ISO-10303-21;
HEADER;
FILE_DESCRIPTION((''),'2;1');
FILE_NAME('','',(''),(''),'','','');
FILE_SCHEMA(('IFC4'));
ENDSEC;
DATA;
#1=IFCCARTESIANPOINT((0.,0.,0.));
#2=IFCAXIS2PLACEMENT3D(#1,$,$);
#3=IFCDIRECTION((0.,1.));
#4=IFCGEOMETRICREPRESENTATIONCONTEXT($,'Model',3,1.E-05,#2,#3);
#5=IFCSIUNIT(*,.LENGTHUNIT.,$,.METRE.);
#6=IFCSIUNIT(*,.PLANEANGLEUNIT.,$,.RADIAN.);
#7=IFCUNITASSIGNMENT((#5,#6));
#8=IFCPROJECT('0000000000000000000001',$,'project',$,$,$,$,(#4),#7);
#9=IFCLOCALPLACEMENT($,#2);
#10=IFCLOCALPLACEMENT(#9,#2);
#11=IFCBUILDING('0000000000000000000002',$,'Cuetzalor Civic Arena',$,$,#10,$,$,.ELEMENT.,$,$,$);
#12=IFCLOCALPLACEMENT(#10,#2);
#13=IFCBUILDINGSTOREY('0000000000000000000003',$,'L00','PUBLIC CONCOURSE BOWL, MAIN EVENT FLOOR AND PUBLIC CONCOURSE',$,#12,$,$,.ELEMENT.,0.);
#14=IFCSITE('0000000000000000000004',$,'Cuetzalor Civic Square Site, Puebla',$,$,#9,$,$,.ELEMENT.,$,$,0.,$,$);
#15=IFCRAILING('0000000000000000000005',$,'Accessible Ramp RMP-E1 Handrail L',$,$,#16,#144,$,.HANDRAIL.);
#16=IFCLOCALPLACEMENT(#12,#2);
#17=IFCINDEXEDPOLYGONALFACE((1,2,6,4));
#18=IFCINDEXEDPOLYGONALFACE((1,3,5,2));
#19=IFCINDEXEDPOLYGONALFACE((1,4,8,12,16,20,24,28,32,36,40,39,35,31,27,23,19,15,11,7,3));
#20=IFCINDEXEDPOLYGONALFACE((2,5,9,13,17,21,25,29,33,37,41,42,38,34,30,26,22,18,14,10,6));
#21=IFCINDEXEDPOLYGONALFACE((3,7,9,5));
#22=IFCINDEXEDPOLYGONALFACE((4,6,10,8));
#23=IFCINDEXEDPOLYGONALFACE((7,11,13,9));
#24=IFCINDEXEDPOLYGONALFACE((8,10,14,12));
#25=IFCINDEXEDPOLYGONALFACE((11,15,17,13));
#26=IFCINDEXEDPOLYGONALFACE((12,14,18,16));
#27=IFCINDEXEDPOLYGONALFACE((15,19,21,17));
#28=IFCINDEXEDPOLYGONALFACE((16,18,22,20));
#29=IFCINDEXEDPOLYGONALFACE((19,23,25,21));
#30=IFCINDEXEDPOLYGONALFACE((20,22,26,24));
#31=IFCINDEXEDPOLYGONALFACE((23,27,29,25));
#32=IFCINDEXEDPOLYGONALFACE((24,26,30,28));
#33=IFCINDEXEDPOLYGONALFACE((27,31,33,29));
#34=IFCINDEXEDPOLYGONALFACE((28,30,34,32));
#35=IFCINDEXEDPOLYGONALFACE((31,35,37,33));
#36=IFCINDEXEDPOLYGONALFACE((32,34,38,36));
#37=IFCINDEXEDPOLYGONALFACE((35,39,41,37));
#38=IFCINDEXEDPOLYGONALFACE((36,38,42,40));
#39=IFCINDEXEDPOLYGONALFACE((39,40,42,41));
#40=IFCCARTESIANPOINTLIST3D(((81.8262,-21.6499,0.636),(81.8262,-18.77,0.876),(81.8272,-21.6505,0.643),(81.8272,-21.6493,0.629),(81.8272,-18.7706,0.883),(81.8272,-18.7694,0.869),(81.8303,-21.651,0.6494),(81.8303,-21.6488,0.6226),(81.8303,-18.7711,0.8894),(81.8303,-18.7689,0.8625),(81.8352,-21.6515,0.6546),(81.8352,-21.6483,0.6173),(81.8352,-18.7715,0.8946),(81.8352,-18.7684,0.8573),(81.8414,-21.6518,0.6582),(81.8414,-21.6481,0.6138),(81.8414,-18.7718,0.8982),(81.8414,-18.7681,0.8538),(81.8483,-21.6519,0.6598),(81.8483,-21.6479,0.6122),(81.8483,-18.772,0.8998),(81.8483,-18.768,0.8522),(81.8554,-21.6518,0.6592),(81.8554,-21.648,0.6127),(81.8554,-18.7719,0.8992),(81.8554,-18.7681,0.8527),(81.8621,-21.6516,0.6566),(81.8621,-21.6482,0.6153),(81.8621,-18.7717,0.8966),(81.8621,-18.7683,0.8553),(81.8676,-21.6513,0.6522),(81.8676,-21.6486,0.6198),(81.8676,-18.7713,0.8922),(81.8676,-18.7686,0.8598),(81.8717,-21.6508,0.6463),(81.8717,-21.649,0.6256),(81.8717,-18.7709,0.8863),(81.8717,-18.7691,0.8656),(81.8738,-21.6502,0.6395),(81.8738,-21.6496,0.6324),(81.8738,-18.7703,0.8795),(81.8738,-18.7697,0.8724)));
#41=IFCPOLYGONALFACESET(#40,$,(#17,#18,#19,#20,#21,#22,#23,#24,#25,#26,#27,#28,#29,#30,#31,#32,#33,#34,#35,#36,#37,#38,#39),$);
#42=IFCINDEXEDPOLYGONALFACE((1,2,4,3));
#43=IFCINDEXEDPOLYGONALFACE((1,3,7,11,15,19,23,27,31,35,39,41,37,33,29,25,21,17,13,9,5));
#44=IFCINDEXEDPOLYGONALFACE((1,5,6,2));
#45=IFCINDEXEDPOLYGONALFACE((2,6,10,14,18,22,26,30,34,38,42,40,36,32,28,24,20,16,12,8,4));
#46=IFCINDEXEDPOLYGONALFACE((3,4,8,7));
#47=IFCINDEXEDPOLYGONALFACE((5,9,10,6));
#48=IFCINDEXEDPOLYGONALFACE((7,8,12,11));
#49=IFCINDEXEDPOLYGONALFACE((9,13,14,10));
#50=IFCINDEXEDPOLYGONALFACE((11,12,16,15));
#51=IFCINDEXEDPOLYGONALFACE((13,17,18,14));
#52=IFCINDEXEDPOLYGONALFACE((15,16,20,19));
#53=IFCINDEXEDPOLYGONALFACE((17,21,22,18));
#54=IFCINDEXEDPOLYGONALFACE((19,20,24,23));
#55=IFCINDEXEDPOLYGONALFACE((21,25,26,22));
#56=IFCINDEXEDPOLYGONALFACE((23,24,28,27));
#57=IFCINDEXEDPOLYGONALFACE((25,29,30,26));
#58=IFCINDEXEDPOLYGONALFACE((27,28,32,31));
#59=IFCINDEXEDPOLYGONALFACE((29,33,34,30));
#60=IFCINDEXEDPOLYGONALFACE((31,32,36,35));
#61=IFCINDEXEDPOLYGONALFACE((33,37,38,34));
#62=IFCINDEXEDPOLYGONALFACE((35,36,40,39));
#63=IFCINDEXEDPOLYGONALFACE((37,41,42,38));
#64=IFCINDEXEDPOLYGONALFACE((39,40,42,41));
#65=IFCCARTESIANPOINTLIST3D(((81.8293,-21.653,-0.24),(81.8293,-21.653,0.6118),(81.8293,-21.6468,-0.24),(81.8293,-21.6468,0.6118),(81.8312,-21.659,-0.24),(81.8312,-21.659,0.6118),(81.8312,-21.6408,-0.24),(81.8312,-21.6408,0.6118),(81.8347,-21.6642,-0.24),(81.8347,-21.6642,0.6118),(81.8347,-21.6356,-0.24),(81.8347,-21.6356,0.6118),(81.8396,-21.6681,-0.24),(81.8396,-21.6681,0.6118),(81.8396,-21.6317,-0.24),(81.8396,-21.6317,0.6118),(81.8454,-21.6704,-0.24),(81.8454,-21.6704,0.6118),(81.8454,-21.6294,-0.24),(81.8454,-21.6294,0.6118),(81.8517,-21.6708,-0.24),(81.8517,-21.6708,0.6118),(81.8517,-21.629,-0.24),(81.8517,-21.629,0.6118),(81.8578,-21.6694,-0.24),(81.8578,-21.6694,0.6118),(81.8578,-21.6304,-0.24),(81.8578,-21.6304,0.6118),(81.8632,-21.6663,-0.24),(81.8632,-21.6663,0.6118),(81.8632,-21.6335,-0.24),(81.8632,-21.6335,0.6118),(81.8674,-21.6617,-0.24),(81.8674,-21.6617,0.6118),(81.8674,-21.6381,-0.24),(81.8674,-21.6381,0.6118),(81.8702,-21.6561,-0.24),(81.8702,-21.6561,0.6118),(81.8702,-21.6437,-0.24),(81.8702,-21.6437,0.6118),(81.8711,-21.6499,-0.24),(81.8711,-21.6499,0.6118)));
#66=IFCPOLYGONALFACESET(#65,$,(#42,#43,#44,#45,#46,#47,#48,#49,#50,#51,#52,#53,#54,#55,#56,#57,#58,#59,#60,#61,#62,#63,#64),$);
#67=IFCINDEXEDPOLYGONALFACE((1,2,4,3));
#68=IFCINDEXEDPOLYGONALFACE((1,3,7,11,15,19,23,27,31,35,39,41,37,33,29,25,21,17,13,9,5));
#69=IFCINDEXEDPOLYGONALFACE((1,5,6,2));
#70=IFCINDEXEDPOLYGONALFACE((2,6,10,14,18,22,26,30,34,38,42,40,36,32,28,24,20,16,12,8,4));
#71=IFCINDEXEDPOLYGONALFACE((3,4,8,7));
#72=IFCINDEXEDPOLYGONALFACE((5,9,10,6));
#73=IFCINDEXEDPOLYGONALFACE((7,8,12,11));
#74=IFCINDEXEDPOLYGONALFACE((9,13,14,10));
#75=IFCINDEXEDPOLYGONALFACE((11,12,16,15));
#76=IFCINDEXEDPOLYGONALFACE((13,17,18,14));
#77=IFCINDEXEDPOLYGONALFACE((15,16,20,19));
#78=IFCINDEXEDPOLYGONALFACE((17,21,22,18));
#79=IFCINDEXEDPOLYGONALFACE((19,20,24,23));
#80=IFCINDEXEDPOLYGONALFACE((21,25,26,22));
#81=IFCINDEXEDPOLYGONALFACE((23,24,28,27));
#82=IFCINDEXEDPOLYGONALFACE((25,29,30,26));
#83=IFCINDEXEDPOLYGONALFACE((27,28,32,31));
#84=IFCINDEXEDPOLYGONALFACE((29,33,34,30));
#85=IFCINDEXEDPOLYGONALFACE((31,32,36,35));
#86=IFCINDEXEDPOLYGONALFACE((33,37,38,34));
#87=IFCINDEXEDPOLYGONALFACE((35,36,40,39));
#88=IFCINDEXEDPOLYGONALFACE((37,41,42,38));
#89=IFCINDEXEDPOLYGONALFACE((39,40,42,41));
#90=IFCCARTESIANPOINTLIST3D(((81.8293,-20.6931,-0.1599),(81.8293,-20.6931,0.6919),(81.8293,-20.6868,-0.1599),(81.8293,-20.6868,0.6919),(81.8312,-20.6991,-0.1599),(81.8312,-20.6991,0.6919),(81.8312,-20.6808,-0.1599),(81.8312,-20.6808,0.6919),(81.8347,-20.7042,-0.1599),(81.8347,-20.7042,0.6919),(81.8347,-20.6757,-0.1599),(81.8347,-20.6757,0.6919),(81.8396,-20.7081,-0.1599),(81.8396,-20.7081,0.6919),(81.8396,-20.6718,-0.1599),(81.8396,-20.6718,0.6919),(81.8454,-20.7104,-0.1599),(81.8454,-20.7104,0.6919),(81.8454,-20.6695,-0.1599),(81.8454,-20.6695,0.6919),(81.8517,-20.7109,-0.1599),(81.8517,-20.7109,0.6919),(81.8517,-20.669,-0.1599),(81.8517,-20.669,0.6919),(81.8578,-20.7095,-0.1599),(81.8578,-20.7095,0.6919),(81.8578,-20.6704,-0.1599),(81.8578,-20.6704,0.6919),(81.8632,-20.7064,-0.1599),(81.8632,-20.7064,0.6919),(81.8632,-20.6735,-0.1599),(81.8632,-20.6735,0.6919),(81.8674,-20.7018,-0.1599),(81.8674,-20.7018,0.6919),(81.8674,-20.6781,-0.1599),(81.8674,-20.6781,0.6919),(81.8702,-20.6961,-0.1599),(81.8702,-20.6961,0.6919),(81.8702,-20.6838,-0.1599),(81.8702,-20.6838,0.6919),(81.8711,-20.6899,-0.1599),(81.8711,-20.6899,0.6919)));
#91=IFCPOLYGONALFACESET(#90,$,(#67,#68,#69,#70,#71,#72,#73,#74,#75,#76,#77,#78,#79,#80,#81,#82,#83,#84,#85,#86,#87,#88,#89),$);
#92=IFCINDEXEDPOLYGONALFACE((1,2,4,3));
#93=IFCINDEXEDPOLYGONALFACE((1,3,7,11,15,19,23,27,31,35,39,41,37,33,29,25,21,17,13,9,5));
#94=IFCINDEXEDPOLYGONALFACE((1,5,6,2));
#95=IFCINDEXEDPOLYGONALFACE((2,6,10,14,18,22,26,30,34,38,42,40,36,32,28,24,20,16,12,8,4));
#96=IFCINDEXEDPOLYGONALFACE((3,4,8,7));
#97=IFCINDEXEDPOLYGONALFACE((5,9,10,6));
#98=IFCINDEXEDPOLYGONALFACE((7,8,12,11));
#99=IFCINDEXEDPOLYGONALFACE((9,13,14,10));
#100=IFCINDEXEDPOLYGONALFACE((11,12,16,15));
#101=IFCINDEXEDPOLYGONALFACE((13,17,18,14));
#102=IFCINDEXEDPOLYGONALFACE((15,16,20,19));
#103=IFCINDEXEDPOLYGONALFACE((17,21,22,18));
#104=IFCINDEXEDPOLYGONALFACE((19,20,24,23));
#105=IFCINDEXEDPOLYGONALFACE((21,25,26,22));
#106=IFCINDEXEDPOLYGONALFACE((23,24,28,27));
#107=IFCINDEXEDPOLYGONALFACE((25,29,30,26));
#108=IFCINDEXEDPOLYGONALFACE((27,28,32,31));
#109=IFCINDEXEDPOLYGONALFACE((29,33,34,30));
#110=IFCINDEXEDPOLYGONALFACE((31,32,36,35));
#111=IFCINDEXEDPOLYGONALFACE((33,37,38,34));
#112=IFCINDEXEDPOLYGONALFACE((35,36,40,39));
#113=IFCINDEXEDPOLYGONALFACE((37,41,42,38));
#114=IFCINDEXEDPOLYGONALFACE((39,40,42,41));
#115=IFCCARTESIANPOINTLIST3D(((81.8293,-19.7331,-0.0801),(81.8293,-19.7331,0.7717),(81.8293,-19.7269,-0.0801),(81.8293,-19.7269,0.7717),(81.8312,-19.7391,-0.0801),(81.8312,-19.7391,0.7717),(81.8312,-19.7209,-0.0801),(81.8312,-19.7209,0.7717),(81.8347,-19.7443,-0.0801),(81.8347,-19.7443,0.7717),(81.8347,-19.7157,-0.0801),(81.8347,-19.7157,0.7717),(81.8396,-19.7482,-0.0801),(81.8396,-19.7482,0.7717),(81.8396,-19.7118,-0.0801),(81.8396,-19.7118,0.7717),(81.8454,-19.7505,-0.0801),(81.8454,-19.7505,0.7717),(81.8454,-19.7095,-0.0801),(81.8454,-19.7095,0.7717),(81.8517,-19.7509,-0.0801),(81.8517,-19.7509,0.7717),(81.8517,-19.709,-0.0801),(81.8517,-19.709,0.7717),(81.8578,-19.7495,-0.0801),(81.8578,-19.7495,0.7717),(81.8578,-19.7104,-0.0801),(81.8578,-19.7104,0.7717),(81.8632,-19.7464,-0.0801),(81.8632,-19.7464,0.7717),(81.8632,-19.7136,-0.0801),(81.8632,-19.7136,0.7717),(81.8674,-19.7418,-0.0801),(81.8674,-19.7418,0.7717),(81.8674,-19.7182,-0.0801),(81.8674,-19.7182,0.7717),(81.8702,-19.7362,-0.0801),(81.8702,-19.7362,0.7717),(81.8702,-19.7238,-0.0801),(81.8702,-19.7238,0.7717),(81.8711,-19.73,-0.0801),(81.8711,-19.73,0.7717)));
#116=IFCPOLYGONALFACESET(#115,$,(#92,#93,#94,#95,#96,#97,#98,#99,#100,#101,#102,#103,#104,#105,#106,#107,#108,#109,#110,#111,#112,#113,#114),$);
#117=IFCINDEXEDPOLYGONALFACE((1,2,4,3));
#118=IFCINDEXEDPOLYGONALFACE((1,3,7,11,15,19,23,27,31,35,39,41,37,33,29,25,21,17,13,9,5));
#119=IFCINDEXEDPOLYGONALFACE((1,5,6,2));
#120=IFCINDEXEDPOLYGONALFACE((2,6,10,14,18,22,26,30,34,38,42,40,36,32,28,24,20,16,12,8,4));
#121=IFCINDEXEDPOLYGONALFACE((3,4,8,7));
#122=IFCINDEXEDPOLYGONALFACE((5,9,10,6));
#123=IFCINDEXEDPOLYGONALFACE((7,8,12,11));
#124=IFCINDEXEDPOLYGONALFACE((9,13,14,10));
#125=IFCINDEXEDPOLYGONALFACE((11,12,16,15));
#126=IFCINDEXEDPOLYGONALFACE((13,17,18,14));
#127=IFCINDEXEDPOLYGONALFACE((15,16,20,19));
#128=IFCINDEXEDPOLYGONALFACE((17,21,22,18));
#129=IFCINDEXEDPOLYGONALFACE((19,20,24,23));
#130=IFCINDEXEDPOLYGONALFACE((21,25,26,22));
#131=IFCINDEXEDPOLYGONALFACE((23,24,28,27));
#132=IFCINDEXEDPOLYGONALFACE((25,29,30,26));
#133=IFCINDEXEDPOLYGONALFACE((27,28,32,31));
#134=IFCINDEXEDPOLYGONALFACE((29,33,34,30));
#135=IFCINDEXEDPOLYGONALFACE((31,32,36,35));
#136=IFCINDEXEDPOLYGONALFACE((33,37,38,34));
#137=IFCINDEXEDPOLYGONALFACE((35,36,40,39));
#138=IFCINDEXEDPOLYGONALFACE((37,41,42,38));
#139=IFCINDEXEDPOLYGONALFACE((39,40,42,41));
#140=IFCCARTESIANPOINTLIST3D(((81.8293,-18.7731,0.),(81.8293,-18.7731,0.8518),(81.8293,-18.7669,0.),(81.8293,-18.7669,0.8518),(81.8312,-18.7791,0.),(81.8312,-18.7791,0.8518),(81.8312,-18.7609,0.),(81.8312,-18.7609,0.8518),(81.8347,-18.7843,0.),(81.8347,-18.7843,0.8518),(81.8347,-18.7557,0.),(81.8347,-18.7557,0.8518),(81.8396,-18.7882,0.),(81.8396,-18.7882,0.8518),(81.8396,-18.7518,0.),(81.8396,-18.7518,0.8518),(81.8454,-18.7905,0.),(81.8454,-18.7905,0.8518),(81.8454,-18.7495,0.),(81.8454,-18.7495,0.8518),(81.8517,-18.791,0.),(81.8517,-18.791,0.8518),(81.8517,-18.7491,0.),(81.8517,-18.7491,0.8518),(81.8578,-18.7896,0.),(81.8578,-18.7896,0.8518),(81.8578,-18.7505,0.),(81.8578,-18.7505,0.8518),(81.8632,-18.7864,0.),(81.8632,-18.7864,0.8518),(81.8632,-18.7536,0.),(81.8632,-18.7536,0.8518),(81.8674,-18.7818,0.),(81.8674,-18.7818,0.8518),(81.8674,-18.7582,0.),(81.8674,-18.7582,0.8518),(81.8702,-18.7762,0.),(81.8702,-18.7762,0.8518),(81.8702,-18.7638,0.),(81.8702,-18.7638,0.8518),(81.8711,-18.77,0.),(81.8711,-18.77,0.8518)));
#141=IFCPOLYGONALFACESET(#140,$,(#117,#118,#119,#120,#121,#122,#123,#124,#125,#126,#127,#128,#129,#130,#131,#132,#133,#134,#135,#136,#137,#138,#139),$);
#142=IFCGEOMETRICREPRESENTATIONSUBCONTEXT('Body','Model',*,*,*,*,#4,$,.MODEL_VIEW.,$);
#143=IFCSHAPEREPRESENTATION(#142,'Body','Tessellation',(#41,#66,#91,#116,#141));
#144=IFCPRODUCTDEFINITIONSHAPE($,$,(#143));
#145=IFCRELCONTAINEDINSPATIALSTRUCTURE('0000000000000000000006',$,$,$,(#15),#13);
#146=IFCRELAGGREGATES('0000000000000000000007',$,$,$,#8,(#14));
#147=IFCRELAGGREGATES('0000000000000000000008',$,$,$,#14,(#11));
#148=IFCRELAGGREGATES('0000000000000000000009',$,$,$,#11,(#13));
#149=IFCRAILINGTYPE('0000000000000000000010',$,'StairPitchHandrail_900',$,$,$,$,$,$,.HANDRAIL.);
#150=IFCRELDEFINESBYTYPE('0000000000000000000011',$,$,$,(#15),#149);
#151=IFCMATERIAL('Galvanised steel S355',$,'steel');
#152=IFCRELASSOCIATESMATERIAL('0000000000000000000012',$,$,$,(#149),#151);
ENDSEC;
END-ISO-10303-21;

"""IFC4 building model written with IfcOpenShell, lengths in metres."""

from ifc_helpers import new_model, si_unit, direction, frame, origin, origin_2d, place, context, subcontext, project, spatial, circle, extrude, material, type_object, element, save


model = new_model("IFC4")

# Units and contexts
model_context = context("Model", 3, precision=1e-05, world=origin(), true_north=direction((0.0, 1.0)))
body_context = subcontext(model_context, "Body", "Model", "MODEL_VIEW")
ifc_project = project(units=[si_unit("LENGTHUNIT", "METRE"), si_unit("PLANEANGLEUNIT", "RADIAN")], contexts=[model_context])

# Site, building, storey
site_placement = place(None, origin())
site = spatial("IfcSite", under=ifc_project, at=site_placement, Name="Cuetzalor Civic Square Site, Puebla", CompositionType="ELEMENT", RefElevation=0.0)
building_placement = place(site_placement, origin())
building = spatial("IfcBuilding", under=site, at=building_placement, Name="Cuetzalor Civic Arena", CompositionType="ELEMENT")
storey_placement = place(building_placement, origin())
storey = spatial("IfcBuildingStorey", under=building, at=storey_placement, Name="L00", Description="PUBLIC CONCOURSE BOWL, MAIN EVENT FLOOR AND PUBLIC CONCOURSE", CompositionType="ELEMENT", Elevation=0.0)

# Railing
ifc_material_1 = material(Name="Galvanised steel S355", Category="steel")
railing_type = type_object("IfcRailingType", Name="StairPitchHandrail_900", PredefinedType="HANDRAIL", material=ifc_material_1)
for number, where, name in (
    (1, (81.8501, -21.6499, -0.24), "Accessible Ramp RMP-E1 Handrail L"),
):
    element("IfcRailing", number, at=place(storey_placement, frame(where)), inside=storey, type_object=railing_type, Name=name, PredefinedType="HANDRAIL", context=body_context, shape_type="SweptSolid", body=[
        extrude(circle(Radius=0.0239, at=origin_2d()), frame((0.0, 0.0, 0.876), z_axis=(0.0, 0.996546, 0.083045), x_axis=(-1.0, 0.0, 0.0)), (0.0, 0.0, 1.0), 2.8899),
        extrude(circle(Radius=0.021, at=origin_2d()), origin(), (0.0, 0.0, 1.0), 0.8518),
        extrude(circle(Radius=0.021, at=origin_2d()), frame((0.0, 0.96, 0.0801)), (0.0, 0.0, 1.0), 0.8518),
        extrude(circle(Radius=0.021, at=origin_2d()), frame((0.0, 1.9199, 0.1599)), (0.0, 0.0, 1.0), 0.8518),
        extrude(circle(Radius=0.021, at=origin_2d()), frame((0.0, 2.8799, 0.24)), (0.0, 0.0, 1.0), 0.8518),
    ])

save(model, "model.ifc")
